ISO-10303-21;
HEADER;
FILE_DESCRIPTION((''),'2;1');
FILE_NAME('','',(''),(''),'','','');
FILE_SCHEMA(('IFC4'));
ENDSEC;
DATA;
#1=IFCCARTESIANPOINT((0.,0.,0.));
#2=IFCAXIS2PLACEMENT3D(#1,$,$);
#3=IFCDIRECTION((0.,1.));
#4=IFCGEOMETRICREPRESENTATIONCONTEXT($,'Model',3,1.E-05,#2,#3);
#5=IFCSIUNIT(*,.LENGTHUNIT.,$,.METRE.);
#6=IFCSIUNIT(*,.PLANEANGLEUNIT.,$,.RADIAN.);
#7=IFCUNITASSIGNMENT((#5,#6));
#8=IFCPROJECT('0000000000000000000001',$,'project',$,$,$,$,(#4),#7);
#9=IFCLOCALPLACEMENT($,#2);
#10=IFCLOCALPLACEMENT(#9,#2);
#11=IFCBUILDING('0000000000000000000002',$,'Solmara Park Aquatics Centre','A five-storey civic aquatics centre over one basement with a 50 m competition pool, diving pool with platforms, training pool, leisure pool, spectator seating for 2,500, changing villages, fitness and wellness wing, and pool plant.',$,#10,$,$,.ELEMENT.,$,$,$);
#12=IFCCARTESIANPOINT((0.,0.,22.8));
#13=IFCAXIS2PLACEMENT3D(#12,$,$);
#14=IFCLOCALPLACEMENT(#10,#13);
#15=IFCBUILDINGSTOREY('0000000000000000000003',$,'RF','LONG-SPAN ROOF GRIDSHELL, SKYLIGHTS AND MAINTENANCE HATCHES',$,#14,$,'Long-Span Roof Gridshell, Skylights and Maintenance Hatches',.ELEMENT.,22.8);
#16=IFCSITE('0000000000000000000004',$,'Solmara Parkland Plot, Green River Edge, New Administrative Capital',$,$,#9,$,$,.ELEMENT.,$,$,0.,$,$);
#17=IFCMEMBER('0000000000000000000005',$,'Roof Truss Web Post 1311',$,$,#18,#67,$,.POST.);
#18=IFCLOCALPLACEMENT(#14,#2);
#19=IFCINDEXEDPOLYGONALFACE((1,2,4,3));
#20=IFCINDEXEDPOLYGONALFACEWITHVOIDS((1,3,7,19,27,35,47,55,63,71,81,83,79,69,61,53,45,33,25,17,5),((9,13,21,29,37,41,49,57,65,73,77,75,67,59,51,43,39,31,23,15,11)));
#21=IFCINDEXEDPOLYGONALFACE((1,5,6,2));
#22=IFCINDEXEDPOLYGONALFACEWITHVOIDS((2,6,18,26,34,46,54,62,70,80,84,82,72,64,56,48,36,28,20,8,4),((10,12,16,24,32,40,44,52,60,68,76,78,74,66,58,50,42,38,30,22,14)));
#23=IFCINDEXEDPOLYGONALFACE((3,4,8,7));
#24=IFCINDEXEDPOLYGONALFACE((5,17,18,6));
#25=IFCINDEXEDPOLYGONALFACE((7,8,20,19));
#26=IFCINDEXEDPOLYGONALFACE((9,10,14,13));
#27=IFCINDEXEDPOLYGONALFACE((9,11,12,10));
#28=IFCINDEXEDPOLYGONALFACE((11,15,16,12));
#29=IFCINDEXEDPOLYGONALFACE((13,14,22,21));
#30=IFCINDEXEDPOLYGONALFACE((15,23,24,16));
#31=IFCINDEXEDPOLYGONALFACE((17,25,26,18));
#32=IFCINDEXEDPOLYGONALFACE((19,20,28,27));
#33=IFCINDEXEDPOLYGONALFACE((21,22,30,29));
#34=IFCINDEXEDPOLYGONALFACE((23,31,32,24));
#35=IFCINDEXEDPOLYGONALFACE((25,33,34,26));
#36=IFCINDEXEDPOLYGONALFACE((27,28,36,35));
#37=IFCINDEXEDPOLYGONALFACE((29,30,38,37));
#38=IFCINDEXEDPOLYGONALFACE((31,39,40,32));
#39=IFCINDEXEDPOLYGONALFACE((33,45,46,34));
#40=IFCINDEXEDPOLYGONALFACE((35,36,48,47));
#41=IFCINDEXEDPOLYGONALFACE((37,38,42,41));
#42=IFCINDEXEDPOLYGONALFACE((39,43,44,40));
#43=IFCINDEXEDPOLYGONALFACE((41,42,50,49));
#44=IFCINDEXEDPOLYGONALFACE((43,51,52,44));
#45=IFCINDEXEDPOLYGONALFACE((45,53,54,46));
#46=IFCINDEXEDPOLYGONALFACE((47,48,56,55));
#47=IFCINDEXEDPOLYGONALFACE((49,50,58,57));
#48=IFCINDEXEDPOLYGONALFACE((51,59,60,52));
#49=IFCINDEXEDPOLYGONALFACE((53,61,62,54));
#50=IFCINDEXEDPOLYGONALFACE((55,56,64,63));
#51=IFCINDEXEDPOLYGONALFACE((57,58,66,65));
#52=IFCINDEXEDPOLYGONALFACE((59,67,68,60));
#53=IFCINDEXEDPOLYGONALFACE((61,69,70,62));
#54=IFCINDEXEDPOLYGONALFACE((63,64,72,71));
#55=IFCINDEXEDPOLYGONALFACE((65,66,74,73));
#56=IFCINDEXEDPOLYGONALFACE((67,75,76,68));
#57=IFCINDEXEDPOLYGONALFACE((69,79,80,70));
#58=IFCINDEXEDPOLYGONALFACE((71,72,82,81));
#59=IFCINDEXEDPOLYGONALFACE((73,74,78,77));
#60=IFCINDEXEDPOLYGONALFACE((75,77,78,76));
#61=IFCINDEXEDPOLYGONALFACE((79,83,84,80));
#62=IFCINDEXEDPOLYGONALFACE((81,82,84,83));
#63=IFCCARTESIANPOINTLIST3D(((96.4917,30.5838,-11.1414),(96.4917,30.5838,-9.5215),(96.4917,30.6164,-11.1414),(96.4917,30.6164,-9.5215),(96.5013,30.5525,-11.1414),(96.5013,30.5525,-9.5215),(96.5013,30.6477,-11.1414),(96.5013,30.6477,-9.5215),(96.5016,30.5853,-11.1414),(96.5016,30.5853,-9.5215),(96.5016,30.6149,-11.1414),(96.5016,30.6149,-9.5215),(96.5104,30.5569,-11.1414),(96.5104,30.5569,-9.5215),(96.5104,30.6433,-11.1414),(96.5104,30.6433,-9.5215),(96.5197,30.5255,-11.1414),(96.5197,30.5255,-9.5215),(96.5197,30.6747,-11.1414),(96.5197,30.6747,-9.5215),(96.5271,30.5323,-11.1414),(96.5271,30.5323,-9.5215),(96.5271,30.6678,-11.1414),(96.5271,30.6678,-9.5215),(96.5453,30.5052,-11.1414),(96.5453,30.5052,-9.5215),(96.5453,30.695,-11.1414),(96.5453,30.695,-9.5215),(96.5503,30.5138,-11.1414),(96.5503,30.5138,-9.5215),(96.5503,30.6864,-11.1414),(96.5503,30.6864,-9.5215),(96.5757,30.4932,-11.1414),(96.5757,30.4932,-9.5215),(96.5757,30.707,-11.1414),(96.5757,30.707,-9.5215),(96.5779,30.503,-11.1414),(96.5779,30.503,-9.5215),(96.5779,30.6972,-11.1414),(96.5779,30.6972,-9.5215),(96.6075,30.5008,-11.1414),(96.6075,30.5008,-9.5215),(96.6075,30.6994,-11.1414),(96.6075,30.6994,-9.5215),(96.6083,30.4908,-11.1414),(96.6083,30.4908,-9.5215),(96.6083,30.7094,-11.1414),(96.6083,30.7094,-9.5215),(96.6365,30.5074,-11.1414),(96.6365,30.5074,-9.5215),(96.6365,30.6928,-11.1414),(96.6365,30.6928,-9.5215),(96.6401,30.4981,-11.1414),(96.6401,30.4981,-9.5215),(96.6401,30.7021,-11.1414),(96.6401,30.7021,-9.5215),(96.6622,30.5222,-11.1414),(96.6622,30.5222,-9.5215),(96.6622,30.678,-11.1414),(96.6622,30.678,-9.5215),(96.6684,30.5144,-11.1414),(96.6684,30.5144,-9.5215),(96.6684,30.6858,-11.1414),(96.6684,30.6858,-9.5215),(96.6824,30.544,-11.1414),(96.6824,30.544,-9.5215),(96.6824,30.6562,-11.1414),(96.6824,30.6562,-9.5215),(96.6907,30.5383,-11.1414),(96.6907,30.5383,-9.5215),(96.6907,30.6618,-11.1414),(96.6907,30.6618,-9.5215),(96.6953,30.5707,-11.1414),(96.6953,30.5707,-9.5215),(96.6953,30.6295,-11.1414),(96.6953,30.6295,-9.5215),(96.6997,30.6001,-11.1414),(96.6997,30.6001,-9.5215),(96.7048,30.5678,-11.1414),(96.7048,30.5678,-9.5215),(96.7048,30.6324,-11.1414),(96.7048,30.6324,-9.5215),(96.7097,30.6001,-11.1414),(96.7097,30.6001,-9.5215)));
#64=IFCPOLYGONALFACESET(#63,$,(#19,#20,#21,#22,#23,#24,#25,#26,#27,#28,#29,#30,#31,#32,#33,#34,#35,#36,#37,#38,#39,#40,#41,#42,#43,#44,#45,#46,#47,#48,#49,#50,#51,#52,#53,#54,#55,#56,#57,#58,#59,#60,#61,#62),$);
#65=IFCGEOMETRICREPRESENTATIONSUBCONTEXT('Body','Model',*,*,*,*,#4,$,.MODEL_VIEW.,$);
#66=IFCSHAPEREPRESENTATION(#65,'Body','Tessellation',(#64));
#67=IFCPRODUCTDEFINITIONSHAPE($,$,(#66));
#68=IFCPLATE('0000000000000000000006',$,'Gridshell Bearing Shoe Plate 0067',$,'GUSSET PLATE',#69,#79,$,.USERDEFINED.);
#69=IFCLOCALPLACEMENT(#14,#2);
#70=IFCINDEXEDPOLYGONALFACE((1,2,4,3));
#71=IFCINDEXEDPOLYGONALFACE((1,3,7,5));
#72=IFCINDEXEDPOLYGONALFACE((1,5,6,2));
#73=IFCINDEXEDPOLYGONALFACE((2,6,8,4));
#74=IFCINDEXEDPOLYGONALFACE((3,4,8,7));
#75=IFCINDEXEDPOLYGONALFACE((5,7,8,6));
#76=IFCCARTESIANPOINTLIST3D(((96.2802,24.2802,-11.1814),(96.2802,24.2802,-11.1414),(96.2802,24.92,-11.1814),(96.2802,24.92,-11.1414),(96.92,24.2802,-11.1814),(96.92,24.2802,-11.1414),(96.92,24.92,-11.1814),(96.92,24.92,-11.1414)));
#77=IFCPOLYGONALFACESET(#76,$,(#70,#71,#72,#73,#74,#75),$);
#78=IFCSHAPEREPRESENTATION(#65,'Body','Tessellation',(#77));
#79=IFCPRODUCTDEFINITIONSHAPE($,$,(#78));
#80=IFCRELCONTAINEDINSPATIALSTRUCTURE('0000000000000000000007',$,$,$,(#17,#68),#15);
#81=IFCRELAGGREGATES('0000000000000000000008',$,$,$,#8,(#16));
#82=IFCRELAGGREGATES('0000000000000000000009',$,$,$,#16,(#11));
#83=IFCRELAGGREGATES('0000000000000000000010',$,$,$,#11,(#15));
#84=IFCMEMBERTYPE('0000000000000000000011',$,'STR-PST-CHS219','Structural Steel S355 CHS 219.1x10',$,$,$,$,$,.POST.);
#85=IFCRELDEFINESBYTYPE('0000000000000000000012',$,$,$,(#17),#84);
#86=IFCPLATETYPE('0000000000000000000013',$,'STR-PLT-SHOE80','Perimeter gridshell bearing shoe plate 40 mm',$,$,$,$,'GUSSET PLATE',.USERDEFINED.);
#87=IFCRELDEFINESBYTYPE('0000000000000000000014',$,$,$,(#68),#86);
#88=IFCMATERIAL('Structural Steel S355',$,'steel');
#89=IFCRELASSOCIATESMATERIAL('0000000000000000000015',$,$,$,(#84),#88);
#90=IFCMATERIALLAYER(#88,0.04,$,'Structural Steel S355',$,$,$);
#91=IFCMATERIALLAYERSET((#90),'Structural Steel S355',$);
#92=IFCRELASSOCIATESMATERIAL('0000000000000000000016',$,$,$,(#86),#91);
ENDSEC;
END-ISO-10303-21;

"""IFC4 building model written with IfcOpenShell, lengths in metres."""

from ifc_helpers import new_model, si_unit, direction, frame, origin, origin_2d, place, context, subcontext, project, spatial, rectangle, hollow_circle, extrude, material, layer, layer_set, material_profile, profile_set, type_object, element, save


model = new_model("IFC4")

# Units and contexts
model_context = context("Model", 3, precision=1e-05, world=origin(), true_north=direction((0.0, 1.0)))
body_context = subcontext(model_context, "Body", "Model", "MODEL_VIEW")
ifc_project = project(units=[si_unit("LENGTHUNIT", "METRE"), si_unit("PLANEANGLEUNIT", "RADIAN")], contexts=[model_context])

# Site, building, storey
site_placement = place(None, origin())
site = spatial("IfcSite", under=ifc_project, at=site_placement, Name="Solmara Parkland Plot, Green River Edge, New Administrative Capital", CompositionType="ELEMENT", RefElevation=0.0)
building_placement = place(site_placement, origin())
building = spatial("IfcBuilding", under=site, at=building_placement, Name="Solmara Park Aquatics Centre", Description="A five-storey civic aquatics centre over one basement with a 50 m competition pool, diving pool with platforms, training pool, leisure pool, spectator seating for 2,500, changing villages, fitness and wellness wing, and pool plant.", CompositionType="ELEMENT")
storey_placement = place(building_placement, frame((0.0, 0.0, 22.8)))
storey = spatial("IfcBuildingStorey", under=building, at=storey_placement, Name="RF", Description="LONG-SPAN ROOF GRIDSHELL, SKYLIGHTS AND MAINTENANCE HATCHES", LongName="Long-Span Roof Gridshell, Skylights and Maintenance Hatches", CompositionType="ELEMENT", Elevation=22.8)

# Member
ifc_material_1 = material(Name="Structural Steel S355", Category="steel")
ifc_material_profile_1 = material_profile(ifc_material_1, hollow_circle(Radius=0.1096, WallThickness=0.01, at=origin_2d()), Name="CHS 219.1x10")
ifc_profile_set_1 = profile_set([ifc_material_profile_1], Name="Structural Steel S355")
member_type_1 = type_object("IfcMemberType", Name="STR-PST-CHS219", Description="Structural Steel S355 CHS 219.1x10", PredefinedType="POST", material=ifc_profile_set_1)
for number, where, z_axis, x_axis, name in (
    (1, (96.6001, 30.6001, -11.1414), (0.0, 0.0, 1.0), (1.0, 0.0, 0.0), "Roof Truss Web Post 1311"),
):
    element("IfcMember", number, at=place(storey_placement, frame(where, z_axis=z_axis, x_axis=x_axis)), inside=storey, type_object=member_type_1, Name=name, PredefinedType="POST", context=body_context, shape_type="SweptSolid", body=[
        extrude(hollow_circle(Radius=0.1096, WallThickness=0.01, at=origin_2d()), origin(), (0.0, 0.0, 1.0), 1.6199),
    ])

# Plate
ifc_layer = layer(ifc_material_1, 0.04, Name="Structural Steel S355")
ifc_layer_set = layer_set([ifc_layer], Name="Structural Steel S355")
plate_type = type_object("IfcPlateType", Name="STR-PLT-SHOE80", Description="Perimeter gridshell bearing shoe plate 40 mm", ElementType="GUSSET PLATE", PredefinedType="USERDEFINED", material=ifc_layer_set)
plate_placement = place(storey_placement, frame((96.6001, 24.6001, -11.1814), z_axis=(0.0, 0.0, 1.0), x_axis=(1.0, 0.0, 0.0)))
element("IfcPlate", 2, at=plate_placement, inside=storey, type_object=plate_type, Name="Gridshell Bearing Shoe Plate 0067", ObjectType="GUSSET PLATE", PredefinedType="USERDEFINED", context=body_context, shape_type="SweptSolid", body=[
    extrude(rectangle(XDim=0.6399, YDim=0.6399, at=origin_2d()), origin(), (0.0, 0.0, 1.0), 0.04),
])

save(model, "model.ifc")
